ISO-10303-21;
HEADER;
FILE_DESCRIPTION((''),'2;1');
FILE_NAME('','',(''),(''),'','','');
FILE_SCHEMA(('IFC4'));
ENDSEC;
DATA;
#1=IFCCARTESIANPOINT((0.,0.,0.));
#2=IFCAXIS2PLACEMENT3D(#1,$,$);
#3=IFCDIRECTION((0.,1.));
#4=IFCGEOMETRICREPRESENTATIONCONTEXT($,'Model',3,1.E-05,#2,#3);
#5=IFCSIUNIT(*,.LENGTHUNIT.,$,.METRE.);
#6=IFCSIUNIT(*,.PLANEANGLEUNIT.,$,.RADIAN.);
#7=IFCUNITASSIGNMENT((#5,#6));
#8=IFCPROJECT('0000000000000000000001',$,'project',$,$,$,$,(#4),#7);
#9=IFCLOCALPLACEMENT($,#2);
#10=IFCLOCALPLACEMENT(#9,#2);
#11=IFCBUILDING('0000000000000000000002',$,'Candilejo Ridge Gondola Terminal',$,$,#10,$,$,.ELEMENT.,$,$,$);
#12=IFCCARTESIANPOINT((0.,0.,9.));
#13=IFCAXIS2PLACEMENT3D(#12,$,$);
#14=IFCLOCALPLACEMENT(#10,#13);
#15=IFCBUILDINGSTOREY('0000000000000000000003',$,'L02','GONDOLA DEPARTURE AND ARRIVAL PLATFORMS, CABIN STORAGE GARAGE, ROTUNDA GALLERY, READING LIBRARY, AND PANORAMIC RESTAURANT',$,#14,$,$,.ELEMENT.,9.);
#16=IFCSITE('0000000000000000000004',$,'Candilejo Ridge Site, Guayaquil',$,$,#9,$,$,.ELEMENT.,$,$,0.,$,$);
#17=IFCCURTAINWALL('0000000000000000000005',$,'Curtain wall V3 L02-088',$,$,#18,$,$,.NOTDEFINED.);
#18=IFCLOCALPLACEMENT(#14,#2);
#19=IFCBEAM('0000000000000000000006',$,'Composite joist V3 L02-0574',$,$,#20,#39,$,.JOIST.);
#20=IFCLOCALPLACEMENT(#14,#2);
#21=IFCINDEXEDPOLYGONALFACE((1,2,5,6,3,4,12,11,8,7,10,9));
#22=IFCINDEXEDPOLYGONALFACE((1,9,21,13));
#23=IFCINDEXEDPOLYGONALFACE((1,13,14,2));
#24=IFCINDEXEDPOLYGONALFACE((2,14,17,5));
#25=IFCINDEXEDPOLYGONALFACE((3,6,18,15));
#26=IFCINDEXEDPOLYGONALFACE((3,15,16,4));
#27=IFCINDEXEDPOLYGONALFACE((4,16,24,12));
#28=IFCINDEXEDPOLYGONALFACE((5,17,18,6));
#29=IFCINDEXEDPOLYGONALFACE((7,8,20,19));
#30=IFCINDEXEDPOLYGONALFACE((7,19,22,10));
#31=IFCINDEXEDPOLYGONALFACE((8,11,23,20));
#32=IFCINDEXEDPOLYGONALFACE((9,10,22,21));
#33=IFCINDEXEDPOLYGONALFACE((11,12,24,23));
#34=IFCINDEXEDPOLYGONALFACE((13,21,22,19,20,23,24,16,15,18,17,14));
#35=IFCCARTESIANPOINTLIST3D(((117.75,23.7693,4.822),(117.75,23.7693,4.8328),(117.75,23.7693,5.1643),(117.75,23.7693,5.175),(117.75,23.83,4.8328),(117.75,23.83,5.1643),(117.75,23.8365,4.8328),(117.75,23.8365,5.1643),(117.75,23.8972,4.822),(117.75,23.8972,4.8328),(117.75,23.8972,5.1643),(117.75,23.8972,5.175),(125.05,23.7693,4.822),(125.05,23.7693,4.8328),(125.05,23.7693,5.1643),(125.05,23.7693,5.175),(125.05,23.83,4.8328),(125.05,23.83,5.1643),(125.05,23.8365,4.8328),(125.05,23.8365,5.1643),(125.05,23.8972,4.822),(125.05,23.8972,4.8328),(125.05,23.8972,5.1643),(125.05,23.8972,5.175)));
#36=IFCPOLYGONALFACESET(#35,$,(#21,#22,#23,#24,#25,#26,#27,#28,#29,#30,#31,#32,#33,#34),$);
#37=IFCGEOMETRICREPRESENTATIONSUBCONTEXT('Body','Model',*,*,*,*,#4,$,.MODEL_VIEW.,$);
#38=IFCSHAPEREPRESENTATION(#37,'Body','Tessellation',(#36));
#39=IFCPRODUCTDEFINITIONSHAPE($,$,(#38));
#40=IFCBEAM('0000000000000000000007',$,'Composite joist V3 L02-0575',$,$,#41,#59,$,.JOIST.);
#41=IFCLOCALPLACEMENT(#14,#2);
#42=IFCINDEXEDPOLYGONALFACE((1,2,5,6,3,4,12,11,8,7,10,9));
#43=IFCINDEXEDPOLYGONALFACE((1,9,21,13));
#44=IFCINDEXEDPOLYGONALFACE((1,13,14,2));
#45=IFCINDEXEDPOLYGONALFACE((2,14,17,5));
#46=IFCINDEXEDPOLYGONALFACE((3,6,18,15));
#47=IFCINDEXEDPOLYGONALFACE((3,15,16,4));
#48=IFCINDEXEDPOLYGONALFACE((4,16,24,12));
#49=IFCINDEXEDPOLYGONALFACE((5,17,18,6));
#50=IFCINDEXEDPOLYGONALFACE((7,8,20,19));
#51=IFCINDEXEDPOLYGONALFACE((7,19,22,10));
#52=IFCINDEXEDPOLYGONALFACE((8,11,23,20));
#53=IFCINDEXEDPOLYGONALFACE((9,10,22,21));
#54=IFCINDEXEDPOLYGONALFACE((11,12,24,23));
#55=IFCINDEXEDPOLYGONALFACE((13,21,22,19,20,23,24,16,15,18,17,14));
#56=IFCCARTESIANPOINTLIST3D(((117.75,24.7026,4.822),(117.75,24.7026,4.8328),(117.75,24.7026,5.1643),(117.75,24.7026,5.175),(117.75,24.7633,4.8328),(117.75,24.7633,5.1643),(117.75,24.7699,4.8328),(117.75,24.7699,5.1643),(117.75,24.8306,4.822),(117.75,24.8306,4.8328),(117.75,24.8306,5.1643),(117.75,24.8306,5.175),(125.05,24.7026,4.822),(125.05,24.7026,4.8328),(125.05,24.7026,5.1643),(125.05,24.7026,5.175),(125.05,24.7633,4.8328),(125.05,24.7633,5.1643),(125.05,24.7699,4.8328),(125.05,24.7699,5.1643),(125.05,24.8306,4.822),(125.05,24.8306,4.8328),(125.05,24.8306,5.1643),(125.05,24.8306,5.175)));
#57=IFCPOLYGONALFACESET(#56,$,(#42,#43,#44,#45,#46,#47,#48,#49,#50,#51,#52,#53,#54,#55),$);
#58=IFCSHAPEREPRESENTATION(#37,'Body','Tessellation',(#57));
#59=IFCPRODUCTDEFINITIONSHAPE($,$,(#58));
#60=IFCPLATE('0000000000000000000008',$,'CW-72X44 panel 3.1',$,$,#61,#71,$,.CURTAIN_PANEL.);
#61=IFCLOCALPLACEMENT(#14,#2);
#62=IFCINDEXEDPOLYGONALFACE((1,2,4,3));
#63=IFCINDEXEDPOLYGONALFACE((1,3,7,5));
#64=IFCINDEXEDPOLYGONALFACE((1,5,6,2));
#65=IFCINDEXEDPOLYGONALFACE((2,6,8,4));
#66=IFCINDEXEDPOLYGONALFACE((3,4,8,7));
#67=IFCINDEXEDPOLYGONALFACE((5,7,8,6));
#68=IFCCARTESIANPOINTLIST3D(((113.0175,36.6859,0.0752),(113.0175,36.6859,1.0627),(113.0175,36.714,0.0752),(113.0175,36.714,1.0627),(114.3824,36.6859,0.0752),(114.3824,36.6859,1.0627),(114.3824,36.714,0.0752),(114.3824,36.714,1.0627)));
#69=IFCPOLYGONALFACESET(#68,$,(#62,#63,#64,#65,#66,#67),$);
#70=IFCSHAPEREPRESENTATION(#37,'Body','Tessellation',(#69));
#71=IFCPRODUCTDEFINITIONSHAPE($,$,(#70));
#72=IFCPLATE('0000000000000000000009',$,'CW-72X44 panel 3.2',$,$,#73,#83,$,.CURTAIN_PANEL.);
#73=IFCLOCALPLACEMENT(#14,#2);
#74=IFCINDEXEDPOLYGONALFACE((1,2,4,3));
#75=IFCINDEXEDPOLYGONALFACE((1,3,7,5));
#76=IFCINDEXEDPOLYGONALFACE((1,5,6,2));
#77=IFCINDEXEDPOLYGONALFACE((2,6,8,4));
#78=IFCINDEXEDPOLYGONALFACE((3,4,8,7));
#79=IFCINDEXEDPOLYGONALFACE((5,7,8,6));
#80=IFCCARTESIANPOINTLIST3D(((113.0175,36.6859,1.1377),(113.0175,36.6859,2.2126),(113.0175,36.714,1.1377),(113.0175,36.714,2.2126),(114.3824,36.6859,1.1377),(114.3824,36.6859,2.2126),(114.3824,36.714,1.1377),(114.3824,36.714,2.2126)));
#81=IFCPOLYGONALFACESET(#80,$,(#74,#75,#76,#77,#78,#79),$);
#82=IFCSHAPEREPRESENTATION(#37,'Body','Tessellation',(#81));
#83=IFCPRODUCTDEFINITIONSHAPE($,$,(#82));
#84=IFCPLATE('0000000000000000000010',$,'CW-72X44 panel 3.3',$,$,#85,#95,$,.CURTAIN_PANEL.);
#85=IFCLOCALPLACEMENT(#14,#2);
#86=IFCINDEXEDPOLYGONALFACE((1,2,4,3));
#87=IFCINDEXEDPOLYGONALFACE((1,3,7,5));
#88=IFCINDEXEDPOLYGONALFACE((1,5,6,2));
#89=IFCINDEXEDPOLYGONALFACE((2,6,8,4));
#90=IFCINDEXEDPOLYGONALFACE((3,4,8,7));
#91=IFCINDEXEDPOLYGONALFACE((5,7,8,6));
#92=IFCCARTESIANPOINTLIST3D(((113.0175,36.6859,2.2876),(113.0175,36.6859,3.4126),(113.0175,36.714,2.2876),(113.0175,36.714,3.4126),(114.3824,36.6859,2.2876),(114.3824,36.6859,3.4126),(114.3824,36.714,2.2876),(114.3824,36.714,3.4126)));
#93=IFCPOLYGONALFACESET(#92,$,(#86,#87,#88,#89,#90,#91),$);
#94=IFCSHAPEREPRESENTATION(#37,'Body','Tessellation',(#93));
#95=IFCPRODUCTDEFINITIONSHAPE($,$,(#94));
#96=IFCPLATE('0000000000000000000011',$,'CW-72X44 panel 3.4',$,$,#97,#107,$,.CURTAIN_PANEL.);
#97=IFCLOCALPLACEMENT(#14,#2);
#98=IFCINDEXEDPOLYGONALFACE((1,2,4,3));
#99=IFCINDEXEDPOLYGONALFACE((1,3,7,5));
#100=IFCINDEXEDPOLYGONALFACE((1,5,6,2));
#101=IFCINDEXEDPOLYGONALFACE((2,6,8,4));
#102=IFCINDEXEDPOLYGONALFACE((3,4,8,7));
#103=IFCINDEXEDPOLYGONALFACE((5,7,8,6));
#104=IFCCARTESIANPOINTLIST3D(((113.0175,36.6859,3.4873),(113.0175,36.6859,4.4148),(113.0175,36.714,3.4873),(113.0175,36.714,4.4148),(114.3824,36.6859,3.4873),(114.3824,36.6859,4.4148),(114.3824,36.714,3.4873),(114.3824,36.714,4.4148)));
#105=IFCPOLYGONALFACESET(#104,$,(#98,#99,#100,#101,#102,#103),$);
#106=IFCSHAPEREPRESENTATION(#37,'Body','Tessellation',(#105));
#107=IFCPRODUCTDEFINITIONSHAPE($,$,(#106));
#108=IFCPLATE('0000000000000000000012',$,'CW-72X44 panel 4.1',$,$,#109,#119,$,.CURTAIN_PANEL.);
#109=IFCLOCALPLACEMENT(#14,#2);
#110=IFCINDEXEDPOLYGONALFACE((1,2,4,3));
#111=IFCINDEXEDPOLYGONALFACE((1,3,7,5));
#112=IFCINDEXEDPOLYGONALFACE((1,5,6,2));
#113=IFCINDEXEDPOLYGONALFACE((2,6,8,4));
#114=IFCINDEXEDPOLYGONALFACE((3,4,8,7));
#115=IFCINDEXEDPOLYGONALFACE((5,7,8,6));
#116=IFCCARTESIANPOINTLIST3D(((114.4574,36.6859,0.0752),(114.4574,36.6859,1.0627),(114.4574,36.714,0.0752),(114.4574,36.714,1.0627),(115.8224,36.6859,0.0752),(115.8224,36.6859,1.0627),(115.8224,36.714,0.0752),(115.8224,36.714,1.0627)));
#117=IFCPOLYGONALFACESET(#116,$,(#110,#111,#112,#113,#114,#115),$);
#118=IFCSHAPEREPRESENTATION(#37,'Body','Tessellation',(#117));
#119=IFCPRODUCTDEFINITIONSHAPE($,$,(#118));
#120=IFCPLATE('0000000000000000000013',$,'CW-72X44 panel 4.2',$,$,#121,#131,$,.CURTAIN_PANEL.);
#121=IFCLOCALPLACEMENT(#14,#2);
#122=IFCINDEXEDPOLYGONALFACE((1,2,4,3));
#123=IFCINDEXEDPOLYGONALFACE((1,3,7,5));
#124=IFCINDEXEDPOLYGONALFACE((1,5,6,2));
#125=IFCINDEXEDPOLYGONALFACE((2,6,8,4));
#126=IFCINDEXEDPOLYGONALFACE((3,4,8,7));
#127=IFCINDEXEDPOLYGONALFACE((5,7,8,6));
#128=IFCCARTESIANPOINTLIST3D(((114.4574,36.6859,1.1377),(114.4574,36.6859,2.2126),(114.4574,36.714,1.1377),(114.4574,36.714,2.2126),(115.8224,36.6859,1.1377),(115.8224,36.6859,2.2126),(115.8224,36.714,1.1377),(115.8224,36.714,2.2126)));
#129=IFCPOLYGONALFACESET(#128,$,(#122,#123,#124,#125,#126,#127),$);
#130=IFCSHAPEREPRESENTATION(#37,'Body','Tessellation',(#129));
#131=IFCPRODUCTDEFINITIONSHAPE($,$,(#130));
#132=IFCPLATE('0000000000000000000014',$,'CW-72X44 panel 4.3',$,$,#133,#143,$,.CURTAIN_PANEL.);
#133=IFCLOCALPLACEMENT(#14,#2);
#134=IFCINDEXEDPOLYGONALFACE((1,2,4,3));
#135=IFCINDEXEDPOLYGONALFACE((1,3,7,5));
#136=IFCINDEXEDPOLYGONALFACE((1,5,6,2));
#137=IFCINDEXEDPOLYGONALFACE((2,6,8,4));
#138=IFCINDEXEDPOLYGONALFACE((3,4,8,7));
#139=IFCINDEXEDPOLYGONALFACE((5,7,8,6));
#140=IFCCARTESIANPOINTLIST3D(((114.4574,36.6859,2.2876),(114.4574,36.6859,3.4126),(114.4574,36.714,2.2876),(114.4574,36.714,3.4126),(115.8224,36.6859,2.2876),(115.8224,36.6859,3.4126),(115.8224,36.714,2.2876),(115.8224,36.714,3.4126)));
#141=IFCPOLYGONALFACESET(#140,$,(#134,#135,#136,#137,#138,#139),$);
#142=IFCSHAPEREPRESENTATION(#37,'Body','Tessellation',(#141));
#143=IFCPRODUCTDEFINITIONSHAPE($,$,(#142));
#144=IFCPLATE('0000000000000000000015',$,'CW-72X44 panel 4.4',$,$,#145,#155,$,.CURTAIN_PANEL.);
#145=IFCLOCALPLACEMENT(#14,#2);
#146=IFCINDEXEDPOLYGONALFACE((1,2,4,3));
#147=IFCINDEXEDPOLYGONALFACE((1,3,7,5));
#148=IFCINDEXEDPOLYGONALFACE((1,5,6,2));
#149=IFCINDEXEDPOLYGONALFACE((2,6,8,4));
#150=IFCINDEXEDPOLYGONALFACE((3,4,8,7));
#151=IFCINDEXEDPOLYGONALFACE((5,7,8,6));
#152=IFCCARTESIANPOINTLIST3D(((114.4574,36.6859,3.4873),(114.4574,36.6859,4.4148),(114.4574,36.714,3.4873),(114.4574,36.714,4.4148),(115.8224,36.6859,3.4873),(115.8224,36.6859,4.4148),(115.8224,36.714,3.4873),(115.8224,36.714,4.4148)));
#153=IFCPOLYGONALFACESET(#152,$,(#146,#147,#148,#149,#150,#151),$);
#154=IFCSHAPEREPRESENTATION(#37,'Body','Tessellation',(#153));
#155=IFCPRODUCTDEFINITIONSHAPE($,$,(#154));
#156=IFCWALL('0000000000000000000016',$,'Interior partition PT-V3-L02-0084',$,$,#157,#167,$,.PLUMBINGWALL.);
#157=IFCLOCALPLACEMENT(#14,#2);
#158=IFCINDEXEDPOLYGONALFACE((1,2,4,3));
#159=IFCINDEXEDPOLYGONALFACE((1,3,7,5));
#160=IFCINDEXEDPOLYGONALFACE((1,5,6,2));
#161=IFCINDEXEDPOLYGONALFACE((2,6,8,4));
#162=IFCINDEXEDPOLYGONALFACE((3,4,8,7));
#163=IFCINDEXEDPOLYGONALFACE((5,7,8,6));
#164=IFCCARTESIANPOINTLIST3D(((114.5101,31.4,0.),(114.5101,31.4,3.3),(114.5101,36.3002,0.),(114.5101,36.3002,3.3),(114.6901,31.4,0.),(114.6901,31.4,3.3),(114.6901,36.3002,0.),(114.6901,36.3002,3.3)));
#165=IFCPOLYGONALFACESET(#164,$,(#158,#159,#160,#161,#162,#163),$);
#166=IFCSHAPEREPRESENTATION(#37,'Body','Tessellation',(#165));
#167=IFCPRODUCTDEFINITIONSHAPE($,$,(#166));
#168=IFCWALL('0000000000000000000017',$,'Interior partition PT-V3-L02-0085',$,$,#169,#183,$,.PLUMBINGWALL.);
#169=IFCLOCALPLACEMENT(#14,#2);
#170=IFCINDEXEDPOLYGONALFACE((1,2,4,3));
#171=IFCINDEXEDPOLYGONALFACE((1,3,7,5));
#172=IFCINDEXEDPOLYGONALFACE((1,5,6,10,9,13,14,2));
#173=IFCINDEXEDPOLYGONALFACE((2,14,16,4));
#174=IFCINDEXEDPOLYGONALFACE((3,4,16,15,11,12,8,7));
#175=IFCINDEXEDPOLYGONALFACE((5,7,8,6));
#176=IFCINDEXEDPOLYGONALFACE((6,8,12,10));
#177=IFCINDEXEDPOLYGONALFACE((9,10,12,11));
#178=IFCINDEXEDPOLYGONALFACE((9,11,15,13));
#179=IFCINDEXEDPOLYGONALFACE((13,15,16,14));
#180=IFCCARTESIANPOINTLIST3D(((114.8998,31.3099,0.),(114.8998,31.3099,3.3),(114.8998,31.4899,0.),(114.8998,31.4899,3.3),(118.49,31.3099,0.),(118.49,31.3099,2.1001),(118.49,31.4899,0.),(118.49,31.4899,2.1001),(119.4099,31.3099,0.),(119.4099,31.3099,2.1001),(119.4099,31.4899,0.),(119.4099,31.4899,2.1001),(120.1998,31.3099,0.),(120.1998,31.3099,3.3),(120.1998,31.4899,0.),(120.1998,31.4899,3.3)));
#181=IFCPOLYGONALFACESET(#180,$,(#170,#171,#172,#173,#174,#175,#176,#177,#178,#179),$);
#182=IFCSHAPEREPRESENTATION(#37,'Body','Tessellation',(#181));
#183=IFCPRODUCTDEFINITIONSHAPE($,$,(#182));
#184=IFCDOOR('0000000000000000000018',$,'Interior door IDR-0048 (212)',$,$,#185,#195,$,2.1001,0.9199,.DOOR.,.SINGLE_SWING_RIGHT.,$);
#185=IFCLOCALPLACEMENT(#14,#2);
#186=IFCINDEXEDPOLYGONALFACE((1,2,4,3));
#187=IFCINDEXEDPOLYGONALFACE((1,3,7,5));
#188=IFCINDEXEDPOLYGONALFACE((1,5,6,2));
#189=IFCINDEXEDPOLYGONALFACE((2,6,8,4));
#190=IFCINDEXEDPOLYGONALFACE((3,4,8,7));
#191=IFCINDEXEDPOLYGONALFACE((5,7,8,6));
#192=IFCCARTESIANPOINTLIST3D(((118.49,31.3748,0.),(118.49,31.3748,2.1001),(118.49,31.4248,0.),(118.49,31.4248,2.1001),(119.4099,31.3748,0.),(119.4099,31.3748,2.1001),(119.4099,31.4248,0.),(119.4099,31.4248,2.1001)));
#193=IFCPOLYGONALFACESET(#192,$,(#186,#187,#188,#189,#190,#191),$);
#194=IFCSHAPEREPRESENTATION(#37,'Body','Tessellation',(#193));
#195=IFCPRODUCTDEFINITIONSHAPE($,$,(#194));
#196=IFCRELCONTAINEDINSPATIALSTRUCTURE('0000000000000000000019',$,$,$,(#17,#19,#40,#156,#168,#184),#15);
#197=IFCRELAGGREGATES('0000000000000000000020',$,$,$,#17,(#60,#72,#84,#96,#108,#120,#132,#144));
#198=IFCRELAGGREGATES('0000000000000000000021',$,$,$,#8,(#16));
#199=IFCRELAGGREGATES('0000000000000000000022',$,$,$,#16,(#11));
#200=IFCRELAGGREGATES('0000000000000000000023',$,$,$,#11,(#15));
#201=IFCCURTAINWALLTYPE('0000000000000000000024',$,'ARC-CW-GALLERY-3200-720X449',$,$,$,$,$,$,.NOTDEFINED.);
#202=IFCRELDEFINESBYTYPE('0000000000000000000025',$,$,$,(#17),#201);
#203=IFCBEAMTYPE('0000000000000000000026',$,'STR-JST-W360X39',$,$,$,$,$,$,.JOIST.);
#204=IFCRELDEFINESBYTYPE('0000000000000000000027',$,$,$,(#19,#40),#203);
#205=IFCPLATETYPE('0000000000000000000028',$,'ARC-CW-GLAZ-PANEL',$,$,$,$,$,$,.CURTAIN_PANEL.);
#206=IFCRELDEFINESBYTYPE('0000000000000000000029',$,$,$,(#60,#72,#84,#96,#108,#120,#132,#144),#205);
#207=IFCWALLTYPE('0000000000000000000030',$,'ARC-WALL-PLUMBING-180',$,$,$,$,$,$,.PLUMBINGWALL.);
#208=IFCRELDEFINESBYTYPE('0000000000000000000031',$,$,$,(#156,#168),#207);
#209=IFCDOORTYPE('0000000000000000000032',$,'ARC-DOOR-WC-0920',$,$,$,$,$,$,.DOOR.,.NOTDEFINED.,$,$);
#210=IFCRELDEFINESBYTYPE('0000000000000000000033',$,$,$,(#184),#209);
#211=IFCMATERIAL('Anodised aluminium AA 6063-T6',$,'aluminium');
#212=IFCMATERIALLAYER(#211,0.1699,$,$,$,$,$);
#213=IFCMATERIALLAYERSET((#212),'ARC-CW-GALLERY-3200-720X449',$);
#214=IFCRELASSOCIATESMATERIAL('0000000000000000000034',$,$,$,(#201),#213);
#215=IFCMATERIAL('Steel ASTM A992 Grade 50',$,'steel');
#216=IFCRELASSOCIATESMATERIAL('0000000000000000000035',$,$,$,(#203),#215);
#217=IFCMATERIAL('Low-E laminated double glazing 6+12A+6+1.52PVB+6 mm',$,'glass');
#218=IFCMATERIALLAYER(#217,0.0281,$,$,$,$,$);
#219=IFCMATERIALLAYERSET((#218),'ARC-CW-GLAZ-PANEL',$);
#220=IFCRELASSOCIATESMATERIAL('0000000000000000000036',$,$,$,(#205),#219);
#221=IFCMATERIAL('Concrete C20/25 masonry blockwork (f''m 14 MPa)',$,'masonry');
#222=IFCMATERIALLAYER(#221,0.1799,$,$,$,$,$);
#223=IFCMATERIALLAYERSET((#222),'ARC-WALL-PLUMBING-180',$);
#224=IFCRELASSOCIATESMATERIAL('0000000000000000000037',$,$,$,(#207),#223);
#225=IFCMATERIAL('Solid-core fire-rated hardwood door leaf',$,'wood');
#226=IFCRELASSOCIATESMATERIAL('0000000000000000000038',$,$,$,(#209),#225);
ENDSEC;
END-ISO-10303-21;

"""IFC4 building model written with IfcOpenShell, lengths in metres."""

from ifc_helpers import new_model, si_unit, direction, frame, frame_2d, origin, origin_2d, place, context, subcontext, project, spatial, rectangle, i_section, extrude, material, layer, layer_set, material_profile, profile_set, type_object, element, fill, aggregate, save


model = new_model("IFC4")

# Units and contexts
model_context = context("Model", 3, precision=1e-05, world=origin(), true_north=direction((0.0, 1.0)))
body_context = subcontext(model_context, "Body", "Model", "MODEL_VIEW")
ifc_project = project(units=[si_unit("LENGTHUNIT", "METRE"), si_unit("PLANEANGLEUNIT", "RADIAN")], contexts=[model_context])

# Site, building, storey
site_placement = place(None, origin())
site = spatial("IfcSite", under=ifc_project, at=site_placement, Name="Candilejo Ridge Site, Guayaquil", CompositionType="ELEMENT", RefElevation=0.0)
building_placement = place(site_placement, origin())
building = spatial("IfcBuilding", under=site, at=building_placement, Name="Candilejo Ridge Gondola Terminal", CompositionType="ELEMENT")
storey_placement = place(building_placement, frame((0.0, 0.0, 9.0)))
storey = spatial("IfcBuildingStorey", under=building, at=storey_placement, Name="L02", Description="GONDOLA DEPARTURE AND ARRIVAL PLATFORMS, CABIN STORAGE GARAGE, ROTUNDA GALLERY, READING LIBRARY, AND PANORAMIC RESTAURANT", CompositionType="ELEMENT", Elevation=9.0)

# Curtain wall
ifc_material_1 = material(Name="Anodised aluminium AA 6063-T6", Category="aluminium")
ifc_layer_1 = layer(ifc_material_1, 0.1699)
ifc_layer_set_1 = layer_set([ifc_layer_1], Name="ARC-CW-GALLERY-3200-720X449")
curtain_wall_type = type_object("IfcCurtainWallType", Name="ARC-CW-GALLERY-3200-720X449", PredefinedType="NOTDEFINED", material=ifc_layer_set_1)
curtain_wall_placement = place(storey_placement, origin())
curtain_wall = element("IfcCurtainWall", 1, at=curtain_wall_placement, inside=storey, type_object=curtain_wall_type, Name="Curtain wall V3 L02-088", PredefinedType="NOTDEFINED")

# Beams
ifc_material_2 = material(Name="Steel ASTM A992 Grade 50", Category="steel")
ifc_material_profile_1 = material_profile(ifc_material_2, i_section(OverallWidth=0.1279, OverallDepth=0.353, WebThickness=0.0066, FlangeThickness=0.0107, at=origin_2d()))
ifc_profile_set_1 = profile_set([ifc_material_profile_1], Name="Steel ASTM A992 Grade 50")
beam_type_1 = type_object("IfcBeamType", Name="STR-JST-W360X39", PredefinedType="JOIST", material=ifc_profile_set_1)
for number, where, z_axis, x_axis, name in (
    (2, (117.75, 23.8333, 4.9985), (1.0, 0.0, 0.0), (0.0, 1.0, 0.0), "Composite joist V3 L02-0574"),
    (3, (117.75, 24.7666, 4.9985), (1.0, 0.0, 0.0), (0.0, 1.0, 0.0), "Composite joist V3 L02-0575"),
):
    element("IfcBeam", number, at=place(storey_placement, frame(where, z_axis=z_axis, x_axis=x_axis)), inside=storey, type_object=beam_type_1, Name=name, PredefinedType="JOIST", context=body_context, shape_type="SweptSolid", body=[
        extrude(i_section(OverallWidth=0.1279, OverallDepth=0.353, WebThickness=0.0066, FlangeThickness=0.0107, at=origin_2d()), origin(), (0.0, 0.0, 1.0), 7.3),
    ])

# Plates
ifc_material_3 = material(Name="Low-E laminated double glazing 6+12A+6+1.52PVB+6 mm", Category="glass")
ifc_layer_2 = layer(ifc_material_3, 0.0281)
ifc_layer_set_2 = layer_set([ifc_layer_2], Name="ARC-CW-GLAZ-PANEL")
plate_type = type_object("IfcPlateType", Name="ARC-CW-GLAZ-PANEL", PredefinedType="CURTAIN_PANEL", material=ifc_layer_set_2)
plate_1_placement = place(storey_placement, frame((113.7, 36.7, 0.0752), z_axis=(0.0, 0.0, 1.0), x_axis=(1.0, 0.0, 0.0)))
plate_1 = element("IfcPlate", 4, at=plate_1_placement, type_object=plate_type, Name="CW-72X44 panel 3.1", PredefinedType="CURTAIN_PANEL", context=body_context, shape_type="SweptSolid", body=[
    extrude(rectangle(XDim=1.365, YDim=0.0281, at=origin_2d()), origin(), (0.0, 0.0, 1.0), 0.9875),
])
plate_2_placement = place(storey_placement, frame((113.7, 36.7, 1.1377), z_axis=(0.0, 0.0, 1.0), x_axis=(1.0, 0.0, 0.0)))
plate_2 = element("IfcPlate", 5, at=plate_2_placement, type_object=plate_type, Name="CW-72X44 panel 3.2", PredefinedType="CURTAIN_PANEL", context=body_context, shape_type="SweptSolid", body=[
    extrude(rectangle(XDim=1.365, YDim=0.0281, at=origin_2d()), origin(), (0.0, 0.0, 1.0), 1.075),
])
plate_3_placement = place(storey_placement, frame((113.7, 36.7, 2.2876), z_axis=(0.0, 0.0, 1.0), x_axis=(1.0, 0.0, 0.0)))
plate_3 = element("IfcPlate", 6, at=plate_3_placement, type_object=plate_type, Name="CW-72X44 panel 3.3", PredefinedType="CURTAIN_PANEL", context=body_context, shape_type="SweptSolid", body=[
    extrude(rectangle(XDim=1.365, YDim=0.0281, at=origin_2d()), origin(), (0.0, 0.0, 1.0), 1.125),
])
plate_4_placement = place(storey_placement, frame((113.7, 36.7, 3.4873), z_axis=(0.0, 0.0, 1.0), x_axis=(1.0, 0.0, 0.0)))
plate_4 = element("IfcPlate", 7, at=plate_4_placement, type_object=plate_type, Name="CW-72X44 panel 3.4", PredefinedType="CURTAIN_PANEL", context=body_context, shape_type="SweptSolid", body=[
    extrude(rectangle(XDim=1.365, YDim=0.0281, at=origin_2d()), origin(), (0.0, 0.0, 1.0), 0.9275),
])
plate_5_placement = place(storey_placement, frame((115.1399, 36.7, 0.0752), z_axis=(0.0, 0.0, 1.0), x_axis=(1.0, 0.0, 0.0)))
plate_5 = element("IfcPlate", 8, at=plate_5_placement, type_object=plate_type, Name="CW-72X44 panel 4.1", PredefinedType="CURTAIN_PANEL", context=body_context, shape_type="SweptSolid", body=[
    extrude(rectangle(XDim=1.365, YDim=0.0281, at=origin_2d()), origin(), (0.0, 0.0, 1.0), 0.9875),
])
plate_6_placement = place(storey_placement, frame((115.1399, 36.7, 1.1377), z_axis=(0.0, 0.0, 1.0), x_axis=(1.0, 0.0, 0.0)))
plate_6 = element("IfcPlate", 9, at=plate_6_placement, type_object=plate_type, Name="CW-72X44 panel 4.2", PredefinedType="CURTAIN_PANEL", context=body_context, shape_type="SweptSolid", body=[
    extrude(rectangle(XDim=1.365, YDim=0.0281, at=origin_2d()), origin(), (0.0, 0.0, 1.0), 1.075),
])
plate_7_placement = place(storey_placement, frame((115.1399, 36.7, 2.2876), z_axis=(0.0, 0.0, 1.0), x_axis=(1.0, 0.0, 0.0)))
plate_7 = element("IfcPlate", 10, at=plate_7_placement, type_object=plate_type, Name="CW-72X44 panel 4.3", PredefinedType="CURTAIN_PANEL", context=body_context, shape_type="SweptSolid", body=[
    extrude(rectangle(XDim=1.365, YDim=0.0281, at=origin_2d()), origin(), (0.0, 0.0, 1.0), 1.125),
])
plate_8_placement = place(storey_placement, frame((115.1399, 36.7, 3.4873), z_axis=(0.0, 0.0, 1.0), x_axis=(1.0, 0.0, 0.0)))
plate_8 = element("IfcPlate", 11, at=plate_8_placement, type_object=plate_type, Name="CW-72X44 panel 4.4", PredefinedType="CURTAIN_PANEL", context=body_context, shape_type="SweptSolid", body=[
    extrude(rectangle(XDim=1.365, YDim=0.0281, at=origin_2d()), origin(), (0.0, 0.0, 1.0), 0.9275),
])
aggregate(curtain_wall, [plate_1, plate_2, plate_3, plate_4, plate_5, plate_6, plate_7, plate_8])

# Wall
ifc_material_4 = material(Name="Concrete C20/25 masonry blockwork (f'm 14 MPa)", Category="masonry")
ifc_layer_3 = layer(ifc_material_4, 0.1799)
ifc_layer_set_3 = layer_set([ifc_layer_3], Name="ARC-WALL-PLUMBING-180")
wall_type_1 = type_object("IfcWallType", Name="ARC-WALL-PLUMBING-180", PredefinedType="PLUMBINGWALL", material=ifc_layer_set_3)
wall_1_placement = place(storey_placement, frame((114.6001, 31.3999, 0.0), z_axis=(0.0, 0.0, 1.0), x_axis=(0.0, 1.0, 0.0)))
element("IfcWall", 12, at=wall_1_placement, inside=storey, type_object=wall_type_1, Name="Interior partition PT-V3-L02-0084", PredefinedType="PLUMBINGWALL", context=body_context, shape_type="SweptSolid", body=[
    extrude(rectangle(XDim=4.9001, YDim=0.1799, at=frame_2d((2.4502, 0.0))), origin(), (0.0, 0.0, 1.0), 3.3),
])

# Wall, opening, door
wall_2_placement = place(storey_placement, frame((114.8999, 31.3999, 0.0), z_axis=(0.0, 0.0, 1.0), x_axis=(1.0, 0.0, 0.0)))
wall_2 = element("IfcWall", 13, at=wall_2_placement, inside=storey, type_object=wall_type_1, Name="Interior partition PT-V3-L02-0085", PredefinedType="PLUMBINGWALL", context=body_context, shape_type="SweptSolid", body=[
    extrude(rectangle(XDim=5.3, YDim=0.1799, at=frame_2d((2.6499, 0.0))), origin(), (0.0, 0.0, 1.0), 3.3),
])
opening_1_placement = place(wall_2_placement, frame((3.5901, 0.0, 0.0)))
opening_1 = element("IfcOpeningElement", 14, at=opening_1_placement, cuts=wall_2, PredefinedType="OPENING", context=body_context, shape_type="SweptSolid", body=[
    extrude(rectangle(XDim=0.9199, YDim=2.1001, at=frame_2d((0.46, 1.05))), frame((0.0, 0.0999, 0.0), z_axis=(0.0, -1.0, 0.0), x_axis=(1.0, 0.0, 0.0)), (0.0, 0.0, 1.0), 0.2),
])
ifc_material_5 = material(Name="Solid-core fire-rated hardwood door leaf", Category="wood")
door_type_1 = type_object("IfcDoorType", Name="ARC-DOOR-WC-0920", OperationType="NOTDEFINED", PredefinedType="DOOR", material=ifc_material_5)
door_1_placement = place(opening_1_placement, origin())
door_1 = element("IfcDoor", 15, at=door_1_placement, inside=storey, type_object=door_type_1, Name="Interior door IDR-0048 (212)", OperationType="SINGLE_SWING_RIGHT", OverallHeight=2.1001, OverallWidth=0.9199, PredefinedType="DOOR", context=body_context, shape_type="SweptSolid", body=[
    extrude(rectangle(XDim=0.9199, YDim=2.1001, at=frame_2d((0.46, 1.05))), frame((0.0, 0.0249, 0.0), z_axis=(0.0, -1.0, 0.0), x_axis=(1.0, 0.0, 0.0)), (0.0, 0.0, 1.0), 0.05),
])
fill(opening_1, door_1)

save(model, "model.ifc")
